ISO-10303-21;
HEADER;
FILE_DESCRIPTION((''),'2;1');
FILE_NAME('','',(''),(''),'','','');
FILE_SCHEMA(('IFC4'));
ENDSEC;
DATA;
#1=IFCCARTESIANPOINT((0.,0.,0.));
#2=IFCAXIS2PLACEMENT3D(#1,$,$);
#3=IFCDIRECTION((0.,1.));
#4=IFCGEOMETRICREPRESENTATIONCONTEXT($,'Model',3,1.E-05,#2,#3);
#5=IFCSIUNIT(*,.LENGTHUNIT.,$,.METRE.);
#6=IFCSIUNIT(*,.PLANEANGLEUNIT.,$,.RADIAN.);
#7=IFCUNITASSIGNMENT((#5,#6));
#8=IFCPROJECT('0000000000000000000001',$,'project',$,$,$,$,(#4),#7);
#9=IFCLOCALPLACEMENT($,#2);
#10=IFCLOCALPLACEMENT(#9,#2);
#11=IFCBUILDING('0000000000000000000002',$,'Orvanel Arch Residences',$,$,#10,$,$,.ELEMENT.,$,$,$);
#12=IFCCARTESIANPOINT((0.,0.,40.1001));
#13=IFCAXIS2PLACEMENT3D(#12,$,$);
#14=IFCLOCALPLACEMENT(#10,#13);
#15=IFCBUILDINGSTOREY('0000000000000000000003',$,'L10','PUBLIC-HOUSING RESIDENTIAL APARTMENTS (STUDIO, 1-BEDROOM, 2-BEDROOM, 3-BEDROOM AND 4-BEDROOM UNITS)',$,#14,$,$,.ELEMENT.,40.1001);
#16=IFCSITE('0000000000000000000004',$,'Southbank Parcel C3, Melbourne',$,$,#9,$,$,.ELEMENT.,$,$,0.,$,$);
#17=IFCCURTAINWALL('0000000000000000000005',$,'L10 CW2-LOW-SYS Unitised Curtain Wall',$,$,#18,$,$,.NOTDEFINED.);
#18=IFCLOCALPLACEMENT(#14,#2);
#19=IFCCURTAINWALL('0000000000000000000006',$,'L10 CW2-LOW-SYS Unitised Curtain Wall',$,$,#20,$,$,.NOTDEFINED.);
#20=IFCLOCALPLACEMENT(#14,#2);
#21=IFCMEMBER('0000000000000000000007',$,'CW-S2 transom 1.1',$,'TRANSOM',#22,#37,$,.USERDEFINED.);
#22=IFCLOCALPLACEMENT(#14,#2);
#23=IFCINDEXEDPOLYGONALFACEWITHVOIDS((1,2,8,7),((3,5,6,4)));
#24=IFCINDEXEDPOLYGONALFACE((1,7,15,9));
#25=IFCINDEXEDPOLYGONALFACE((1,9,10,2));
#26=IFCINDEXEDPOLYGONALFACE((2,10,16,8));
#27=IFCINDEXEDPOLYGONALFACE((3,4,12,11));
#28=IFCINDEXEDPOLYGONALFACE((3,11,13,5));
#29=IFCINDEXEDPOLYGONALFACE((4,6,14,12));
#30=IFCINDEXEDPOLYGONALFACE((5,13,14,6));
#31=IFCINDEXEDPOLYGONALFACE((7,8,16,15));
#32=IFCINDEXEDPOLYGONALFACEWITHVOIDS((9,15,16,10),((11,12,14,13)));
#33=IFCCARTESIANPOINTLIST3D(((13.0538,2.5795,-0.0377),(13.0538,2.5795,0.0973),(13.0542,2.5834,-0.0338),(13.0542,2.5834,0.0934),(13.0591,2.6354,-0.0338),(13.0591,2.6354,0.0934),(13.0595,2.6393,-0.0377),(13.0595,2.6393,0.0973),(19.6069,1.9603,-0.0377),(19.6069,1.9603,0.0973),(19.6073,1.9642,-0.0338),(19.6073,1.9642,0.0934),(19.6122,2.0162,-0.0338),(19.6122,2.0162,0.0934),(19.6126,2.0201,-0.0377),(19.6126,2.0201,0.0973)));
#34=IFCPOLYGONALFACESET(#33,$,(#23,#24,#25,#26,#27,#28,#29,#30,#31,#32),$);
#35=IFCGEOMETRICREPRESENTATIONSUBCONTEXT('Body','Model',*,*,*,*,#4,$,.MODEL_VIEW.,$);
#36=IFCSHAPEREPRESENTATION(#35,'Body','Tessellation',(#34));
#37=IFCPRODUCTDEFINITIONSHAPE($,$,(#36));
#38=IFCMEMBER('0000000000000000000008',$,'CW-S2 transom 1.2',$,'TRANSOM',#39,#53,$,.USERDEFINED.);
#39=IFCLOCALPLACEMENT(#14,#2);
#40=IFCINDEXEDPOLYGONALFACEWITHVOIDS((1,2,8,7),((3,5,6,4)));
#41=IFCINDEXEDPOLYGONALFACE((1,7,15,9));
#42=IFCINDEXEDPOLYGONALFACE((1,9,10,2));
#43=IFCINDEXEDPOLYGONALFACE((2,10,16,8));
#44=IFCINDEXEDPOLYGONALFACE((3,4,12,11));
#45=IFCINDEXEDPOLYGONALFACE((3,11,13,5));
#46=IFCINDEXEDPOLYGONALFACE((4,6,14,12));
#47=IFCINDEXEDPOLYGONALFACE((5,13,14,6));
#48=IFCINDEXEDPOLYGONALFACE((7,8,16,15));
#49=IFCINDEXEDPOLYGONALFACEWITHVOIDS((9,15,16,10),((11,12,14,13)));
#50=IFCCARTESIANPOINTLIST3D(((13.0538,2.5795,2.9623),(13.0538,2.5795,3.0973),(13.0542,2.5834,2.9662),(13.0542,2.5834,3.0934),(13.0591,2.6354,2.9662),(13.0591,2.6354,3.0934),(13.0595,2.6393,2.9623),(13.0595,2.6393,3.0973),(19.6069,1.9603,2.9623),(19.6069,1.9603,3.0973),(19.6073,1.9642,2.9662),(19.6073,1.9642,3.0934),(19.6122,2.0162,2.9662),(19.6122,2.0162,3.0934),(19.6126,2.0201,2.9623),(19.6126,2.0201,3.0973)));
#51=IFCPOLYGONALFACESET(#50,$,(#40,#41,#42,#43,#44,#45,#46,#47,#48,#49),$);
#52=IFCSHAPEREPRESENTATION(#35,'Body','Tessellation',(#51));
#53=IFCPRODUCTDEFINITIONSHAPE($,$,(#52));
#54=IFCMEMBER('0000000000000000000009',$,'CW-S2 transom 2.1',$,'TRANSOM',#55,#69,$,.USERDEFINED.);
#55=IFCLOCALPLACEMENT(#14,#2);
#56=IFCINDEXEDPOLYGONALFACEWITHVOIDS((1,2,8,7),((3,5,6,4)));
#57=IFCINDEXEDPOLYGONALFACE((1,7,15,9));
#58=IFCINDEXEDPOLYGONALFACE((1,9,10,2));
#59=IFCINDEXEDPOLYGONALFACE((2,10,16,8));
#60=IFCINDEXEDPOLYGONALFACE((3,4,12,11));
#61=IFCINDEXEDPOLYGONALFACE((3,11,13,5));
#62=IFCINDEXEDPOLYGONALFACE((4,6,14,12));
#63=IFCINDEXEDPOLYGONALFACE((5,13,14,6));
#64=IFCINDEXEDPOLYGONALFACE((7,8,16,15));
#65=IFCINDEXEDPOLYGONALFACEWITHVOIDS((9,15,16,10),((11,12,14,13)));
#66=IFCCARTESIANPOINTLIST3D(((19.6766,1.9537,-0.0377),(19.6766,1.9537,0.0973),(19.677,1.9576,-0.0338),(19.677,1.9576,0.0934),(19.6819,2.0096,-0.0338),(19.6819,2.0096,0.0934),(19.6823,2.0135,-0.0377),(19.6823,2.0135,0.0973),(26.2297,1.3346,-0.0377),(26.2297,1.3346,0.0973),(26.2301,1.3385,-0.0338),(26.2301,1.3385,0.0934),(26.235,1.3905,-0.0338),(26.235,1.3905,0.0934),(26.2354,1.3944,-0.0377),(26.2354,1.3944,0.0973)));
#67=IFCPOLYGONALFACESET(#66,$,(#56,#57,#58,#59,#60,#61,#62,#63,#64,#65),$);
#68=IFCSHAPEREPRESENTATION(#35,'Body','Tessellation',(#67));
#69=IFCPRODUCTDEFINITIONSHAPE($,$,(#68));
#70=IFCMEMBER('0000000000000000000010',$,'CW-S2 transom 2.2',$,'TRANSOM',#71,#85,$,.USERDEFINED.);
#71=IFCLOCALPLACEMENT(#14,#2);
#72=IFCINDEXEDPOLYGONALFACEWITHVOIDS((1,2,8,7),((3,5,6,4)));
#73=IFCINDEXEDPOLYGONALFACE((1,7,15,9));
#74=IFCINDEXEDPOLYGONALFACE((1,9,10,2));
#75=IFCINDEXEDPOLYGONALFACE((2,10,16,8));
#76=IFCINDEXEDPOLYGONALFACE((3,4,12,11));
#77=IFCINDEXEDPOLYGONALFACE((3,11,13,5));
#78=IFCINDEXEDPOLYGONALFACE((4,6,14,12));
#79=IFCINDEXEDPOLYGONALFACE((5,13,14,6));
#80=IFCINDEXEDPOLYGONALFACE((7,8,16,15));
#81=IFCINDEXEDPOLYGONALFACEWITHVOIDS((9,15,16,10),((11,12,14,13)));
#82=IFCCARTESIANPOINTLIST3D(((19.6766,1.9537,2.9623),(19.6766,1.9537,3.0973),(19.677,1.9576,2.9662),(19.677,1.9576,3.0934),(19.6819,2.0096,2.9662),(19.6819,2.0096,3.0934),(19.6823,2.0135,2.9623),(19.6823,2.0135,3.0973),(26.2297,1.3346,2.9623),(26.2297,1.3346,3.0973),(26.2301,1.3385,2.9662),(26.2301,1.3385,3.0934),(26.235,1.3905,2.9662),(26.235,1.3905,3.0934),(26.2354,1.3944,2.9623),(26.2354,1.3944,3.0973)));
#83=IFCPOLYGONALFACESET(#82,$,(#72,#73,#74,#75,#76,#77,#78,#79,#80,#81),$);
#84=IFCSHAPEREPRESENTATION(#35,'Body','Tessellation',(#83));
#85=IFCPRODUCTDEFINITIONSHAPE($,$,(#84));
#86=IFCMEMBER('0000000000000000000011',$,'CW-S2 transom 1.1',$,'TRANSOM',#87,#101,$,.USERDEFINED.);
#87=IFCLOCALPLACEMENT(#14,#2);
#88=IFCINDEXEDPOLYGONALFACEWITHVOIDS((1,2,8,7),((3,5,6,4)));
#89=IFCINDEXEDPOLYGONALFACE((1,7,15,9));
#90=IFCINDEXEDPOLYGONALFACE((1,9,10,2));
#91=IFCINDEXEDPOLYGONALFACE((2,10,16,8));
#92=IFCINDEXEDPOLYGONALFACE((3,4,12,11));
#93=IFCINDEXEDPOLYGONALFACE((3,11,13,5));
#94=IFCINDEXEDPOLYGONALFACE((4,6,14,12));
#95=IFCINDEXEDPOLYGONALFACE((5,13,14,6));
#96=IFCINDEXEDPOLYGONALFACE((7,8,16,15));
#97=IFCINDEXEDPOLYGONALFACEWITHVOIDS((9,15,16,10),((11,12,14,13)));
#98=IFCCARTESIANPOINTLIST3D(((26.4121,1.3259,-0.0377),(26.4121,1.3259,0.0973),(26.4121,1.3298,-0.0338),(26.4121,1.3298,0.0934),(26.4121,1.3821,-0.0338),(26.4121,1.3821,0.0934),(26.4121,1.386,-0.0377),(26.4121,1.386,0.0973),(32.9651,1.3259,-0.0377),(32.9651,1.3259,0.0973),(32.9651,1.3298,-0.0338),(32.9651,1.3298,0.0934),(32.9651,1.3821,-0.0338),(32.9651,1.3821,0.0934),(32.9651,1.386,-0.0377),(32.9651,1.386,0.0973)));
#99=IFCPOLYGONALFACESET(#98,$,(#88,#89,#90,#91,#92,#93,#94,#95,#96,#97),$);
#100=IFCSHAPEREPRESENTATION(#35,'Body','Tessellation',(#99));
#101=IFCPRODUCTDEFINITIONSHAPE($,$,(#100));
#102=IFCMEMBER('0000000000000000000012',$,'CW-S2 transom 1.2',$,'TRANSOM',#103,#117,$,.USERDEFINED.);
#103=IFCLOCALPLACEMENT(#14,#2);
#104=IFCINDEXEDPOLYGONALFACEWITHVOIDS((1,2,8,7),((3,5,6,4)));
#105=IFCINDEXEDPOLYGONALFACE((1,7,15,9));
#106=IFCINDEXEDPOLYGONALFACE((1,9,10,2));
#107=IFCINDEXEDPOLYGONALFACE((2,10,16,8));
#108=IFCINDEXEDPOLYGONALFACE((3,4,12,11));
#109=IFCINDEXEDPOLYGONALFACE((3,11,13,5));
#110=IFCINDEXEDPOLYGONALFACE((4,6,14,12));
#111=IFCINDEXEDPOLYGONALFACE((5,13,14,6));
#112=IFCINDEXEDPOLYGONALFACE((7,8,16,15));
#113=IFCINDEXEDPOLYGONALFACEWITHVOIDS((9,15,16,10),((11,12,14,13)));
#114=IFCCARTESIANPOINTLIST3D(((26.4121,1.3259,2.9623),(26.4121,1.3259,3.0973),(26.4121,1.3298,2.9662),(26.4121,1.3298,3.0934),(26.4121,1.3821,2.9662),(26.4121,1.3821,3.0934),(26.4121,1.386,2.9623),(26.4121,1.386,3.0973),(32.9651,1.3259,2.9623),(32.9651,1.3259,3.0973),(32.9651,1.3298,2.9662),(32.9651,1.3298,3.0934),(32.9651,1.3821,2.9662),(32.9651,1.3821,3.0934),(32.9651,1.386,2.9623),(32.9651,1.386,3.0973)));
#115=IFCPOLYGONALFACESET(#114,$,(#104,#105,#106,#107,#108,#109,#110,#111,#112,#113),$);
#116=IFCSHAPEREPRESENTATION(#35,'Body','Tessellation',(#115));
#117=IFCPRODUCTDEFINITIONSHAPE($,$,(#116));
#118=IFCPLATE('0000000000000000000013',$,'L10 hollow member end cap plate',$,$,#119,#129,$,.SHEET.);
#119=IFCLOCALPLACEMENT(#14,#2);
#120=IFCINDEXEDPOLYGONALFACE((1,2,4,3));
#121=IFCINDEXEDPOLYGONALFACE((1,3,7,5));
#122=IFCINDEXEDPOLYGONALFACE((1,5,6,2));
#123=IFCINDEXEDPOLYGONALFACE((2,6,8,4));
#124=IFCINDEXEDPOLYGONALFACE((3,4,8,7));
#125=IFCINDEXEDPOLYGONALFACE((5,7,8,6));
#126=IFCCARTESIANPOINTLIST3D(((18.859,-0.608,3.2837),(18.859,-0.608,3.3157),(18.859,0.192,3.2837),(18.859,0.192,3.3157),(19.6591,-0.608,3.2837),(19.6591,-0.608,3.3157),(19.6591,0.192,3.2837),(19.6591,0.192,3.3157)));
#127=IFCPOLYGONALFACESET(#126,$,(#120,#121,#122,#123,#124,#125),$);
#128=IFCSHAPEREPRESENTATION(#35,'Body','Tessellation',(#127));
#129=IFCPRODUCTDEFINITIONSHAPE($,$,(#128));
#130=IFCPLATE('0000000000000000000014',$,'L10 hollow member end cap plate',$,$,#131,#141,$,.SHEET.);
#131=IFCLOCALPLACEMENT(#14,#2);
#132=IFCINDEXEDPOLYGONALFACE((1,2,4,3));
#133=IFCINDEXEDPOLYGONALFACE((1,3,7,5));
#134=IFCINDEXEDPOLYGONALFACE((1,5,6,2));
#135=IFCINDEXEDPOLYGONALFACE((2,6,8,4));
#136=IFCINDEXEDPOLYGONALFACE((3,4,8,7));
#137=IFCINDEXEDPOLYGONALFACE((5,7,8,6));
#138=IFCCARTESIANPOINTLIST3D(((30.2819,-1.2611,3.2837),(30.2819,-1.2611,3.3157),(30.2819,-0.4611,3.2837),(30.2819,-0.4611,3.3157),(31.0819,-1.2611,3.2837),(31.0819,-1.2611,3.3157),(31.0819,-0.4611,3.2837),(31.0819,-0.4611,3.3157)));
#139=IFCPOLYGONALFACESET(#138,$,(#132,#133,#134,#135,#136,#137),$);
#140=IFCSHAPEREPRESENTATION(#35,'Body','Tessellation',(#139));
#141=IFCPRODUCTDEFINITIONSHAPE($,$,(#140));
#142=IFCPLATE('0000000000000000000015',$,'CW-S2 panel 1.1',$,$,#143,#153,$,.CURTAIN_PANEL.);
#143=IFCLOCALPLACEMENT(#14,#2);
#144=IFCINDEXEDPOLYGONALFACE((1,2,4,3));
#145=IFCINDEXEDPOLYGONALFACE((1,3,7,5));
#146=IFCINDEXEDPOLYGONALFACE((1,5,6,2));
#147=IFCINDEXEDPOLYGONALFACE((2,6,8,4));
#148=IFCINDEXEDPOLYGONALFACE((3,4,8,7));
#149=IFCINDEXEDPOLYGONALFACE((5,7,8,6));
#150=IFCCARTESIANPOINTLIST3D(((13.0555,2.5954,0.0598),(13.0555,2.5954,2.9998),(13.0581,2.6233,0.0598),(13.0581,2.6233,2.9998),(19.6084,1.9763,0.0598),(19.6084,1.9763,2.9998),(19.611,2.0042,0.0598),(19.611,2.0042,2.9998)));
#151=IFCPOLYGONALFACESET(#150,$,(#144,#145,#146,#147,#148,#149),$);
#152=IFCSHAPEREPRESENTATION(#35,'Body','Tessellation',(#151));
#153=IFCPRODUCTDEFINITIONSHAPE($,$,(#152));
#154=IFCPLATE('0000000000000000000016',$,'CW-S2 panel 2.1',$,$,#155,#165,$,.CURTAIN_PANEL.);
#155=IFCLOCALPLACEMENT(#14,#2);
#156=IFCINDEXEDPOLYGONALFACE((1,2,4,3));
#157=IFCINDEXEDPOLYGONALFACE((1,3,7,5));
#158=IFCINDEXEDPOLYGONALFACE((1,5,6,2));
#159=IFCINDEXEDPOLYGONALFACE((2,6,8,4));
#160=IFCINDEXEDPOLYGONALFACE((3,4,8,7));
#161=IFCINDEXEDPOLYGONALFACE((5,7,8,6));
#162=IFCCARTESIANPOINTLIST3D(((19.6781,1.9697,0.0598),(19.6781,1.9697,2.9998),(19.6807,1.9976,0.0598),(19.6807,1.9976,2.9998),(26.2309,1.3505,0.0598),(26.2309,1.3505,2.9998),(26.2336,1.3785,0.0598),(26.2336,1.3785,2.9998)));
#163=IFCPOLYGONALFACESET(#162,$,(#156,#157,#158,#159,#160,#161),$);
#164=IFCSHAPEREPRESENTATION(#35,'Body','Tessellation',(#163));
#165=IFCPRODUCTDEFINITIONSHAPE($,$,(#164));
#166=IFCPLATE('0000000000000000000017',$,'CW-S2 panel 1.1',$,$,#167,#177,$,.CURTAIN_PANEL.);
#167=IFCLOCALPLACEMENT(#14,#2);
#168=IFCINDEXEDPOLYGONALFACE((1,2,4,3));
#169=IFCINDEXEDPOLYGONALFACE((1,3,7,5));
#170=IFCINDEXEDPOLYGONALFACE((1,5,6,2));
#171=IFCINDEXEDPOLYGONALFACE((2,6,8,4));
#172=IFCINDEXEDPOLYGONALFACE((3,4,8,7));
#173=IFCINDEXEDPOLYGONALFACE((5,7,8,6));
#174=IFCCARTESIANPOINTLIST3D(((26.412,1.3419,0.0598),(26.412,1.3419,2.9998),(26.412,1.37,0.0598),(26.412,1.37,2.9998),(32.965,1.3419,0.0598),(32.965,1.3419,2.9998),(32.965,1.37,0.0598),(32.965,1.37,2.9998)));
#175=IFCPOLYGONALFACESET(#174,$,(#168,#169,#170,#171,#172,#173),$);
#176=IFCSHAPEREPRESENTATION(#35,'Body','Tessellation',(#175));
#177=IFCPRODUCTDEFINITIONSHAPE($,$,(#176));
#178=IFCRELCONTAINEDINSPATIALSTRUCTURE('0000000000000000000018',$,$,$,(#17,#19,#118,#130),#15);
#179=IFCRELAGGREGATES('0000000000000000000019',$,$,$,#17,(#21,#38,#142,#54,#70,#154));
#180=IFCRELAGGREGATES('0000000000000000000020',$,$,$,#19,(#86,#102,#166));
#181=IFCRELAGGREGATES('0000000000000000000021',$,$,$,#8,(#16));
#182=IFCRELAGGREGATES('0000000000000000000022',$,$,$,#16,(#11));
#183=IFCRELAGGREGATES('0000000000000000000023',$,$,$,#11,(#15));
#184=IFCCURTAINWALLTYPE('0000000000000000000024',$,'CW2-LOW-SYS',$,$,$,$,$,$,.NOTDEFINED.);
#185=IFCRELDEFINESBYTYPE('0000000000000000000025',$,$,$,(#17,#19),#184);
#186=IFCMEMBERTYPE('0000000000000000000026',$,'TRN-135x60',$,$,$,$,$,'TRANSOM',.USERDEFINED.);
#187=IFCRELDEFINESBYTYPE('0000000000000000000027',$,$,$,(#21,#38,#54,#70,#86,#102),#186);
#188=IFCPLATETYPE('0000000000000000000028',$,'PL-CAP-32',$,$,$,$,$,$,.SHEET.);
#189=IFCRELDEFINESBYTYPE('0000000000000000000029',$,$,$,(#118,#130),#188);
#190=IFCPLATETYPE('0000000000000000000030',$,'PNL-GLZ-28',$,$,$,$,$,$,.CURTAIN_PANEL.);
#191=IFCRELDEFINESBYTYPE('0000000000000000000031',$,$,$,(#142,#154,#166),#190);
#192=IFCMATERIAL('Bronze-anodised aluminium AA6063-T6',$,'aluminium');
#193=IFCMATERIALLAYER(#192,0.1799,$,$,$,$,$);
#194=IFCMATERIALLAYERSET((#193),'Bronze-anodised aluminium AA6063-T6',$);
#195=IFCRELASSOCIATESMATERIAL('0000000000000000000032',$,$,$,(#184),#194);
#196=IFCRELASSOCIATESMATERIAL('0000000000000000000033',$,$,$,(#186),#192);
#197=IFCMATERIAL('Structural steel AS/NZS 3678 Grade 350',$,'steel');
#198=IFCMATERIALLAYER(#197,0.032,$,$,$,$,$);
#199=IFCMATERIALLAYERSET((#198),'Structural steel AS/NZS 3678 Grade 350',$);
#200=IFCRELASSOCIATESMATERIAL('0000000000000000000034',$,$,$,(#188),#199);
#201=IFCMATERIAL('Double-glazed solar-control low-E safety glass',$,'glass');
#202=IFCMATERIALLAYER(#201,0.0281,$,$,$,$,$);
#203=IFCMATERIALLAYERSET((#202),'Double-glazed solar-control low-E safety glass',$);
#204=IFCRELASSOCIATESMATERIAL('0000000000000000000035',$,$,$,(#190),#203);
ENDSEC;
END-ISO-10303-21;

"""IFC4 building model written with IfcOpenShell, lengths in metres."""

from ifc_helpers import new_model, si_unit, direction, frame, origin, origin_2d, place, context, subcontext, project, spatial, rectangle, hollow_rectangle, extrude, material, layer, layer_set, material_profile, profile_set, type_object, element, aggregate, save


model = new_model("IFC4")

# Units and contexts
model_context = context("Model", 3, precision=1e-05, world=origin(), true_north=direction((0.0, 1.0)))
body_context = subcontext(model_context, "Body", "Model", "MODEL_VIEW")
ifc_project = project(units=[si_unit("LENGTHUNIT", "METRE"), si_unit("PLANEANGLEUNIT", "RADIAN")], contexts=[model_context])

# Site, building, storey
site_placement = place(None, origin())
site = spatial("IfcSite", under=ifc_project, at=site_placement, Name="Southbank Parcel C3, Melbourne", CompositionType="ELEMENT", RefElevation=0.0)
building_placement = place(site_placement, origin())
building = spatial("IfcBuilding", under=site, at=building_placement, Name="Orvanel Arch Residences", CompositionType="ELEMENT")
storey_placement = place(building_placement, frame((0.0, 0.0, 40.1001)))
storey = spatial("IfcBuildingStorey", under=building, at=storey_placement, Name="L10", Description="PUBLIC-HOUSING RESIDENTIAL APARTMENTS (STUDIO, 1-BEDROOM, 2-BEDROOM, 3-BEDROOM AND 4-BEDROOM UNITS)", CompositionType="ELEMENT", Elevation=40.1001)

# Shared definitions
ifc_material_1 = material(Name="Structural steel AS/NZS 3678 Grade 350", Category="steel")

# Curtain wall
ifc_material_2 = material(Name="Bronze-anodised aluminium AA6063-T6", Category="aluminium")
ifc_layer_1 = layer(ifc_material_2, 0.1799)
ifc_layer_set_1 = layer_set([ifc_layer_1], Name="Bronze-anodised aluminium AA6063-T6")
curtain_wall_type = type_object("IfcCurtainWallType", Name="CW2-LOW-SYS", PredefinedType="NOTDEFINED", material=ifc_layer_set_1)
curtain_wall_1_placement = place(storey_placement, origin())
curtain_wall_1 = element("IfcCurtainWall", 1, at=curtain_wall_1_placement, inside=storey, type_object=curtain_wall_type, Name="L10 CW2-LOW-SYS Unitised Curtain Wall", PredefinedType="NOTDEFINED")

# Curtain wall
curtain_wall_2_placement = place(storey_placement, origin())
curtain_wall_2 = element("IfcCurtainWall", 2, at=curtain_wall_2_placement, inside=storey, type_object=curtain_wall_type, Name="L10 CW2-LOW-SYS Unitised Curtain Wall", PredefinedType="NOTDEFINED")

# Members
ifc_material_profile_1 = material_profile(ifc_material_2, hollow_rectangle(XDim=0.0601, YDim=0.135, WallThickness=0.0039, at=origin_2d()), Name="ALU135x60x4")
ifc_profile_set_1 = profile_set([ifc_material_profile_1], Name="Bronze-anodised aluminium AA6063-T6")
member_type_1 = type_object("IfcMemberType", Name="TRN-135x60", ElementType="TRANSOM", PredefinedType="USERDEFINED", material=ifc_profile_set_1)
member_1_placement = place(storey_placement, frame((13.0566, 2.6094, 0.0298), z_axis=(0.995566, -0.094063, 0.0), x_axis=(0.094063, 0.995566, 0.0)))
member_1 = element("IfcMember", 3, at=member_1_placement, type_object=member_type_1, Name="CW-S2 transom 1.1", ObjectType="TRANSOM", PredefinedType="USERDEFINED", context=body_context, shape_type="SweptSolid", body=[
    extrude(hollow_rectangle(XDim=0.0601, YDim=0.135, WallThickness=0.0039, at=origin_2d()), origin(), (0.0, 0.0, 1.0), 6.5823),
])
member_2_placement = place(storey_placement, frame((13.0566, 2.6094, 3.0298), z_axis=(0.995566, -0.094063, 0.0), x_axis=(0.094063, 0.995566, 0.0)))
member_2 = element("IfcMember", 4, at=member_2_placement, type_object=member_type_1, Name="CW-S2 transom 1.2", ObjectType="TRANSOM", PredefinedType="USERDEFINED", context=body_context, shape_type="SweptSolid", body=[
    extrude(hollow_rectangle(XDim=0.0601, YDim=0.135, WallThickness=0.0039, at=origin_2d()), origin(), (0.0, 0.0, 1.0), 6.5823),
])
member_3_placement = place(storey_placement, frame((19.6794, 1.9836, 0.0298), z_axis=(0.995566, -0.094063, 0.0), x_axis=(0.094063, 0.995566, 0.0)))
member_3 = element("IfcMember", 5, at=member_3_placement, type_object=member_type_1, Name="CW-S2 transom 2.1", ObjectType="TRANSOM", PredefinedType="USERDEFINED", context=body_context, shape_type="SweptSolid", body=[
    extrude(hollow_rectangle(XDim=0.0601, YDim=0.135, WallThickness=0.0039, at=origin_2d()), origin(), (0.0, 0.0, 1.0), 6.5823),
])
member_4_placement = place(storey_placement, frame((19.6794, 1.9836, 3.0298), z_axis=(0.995566, -0.094063, 0.0), x_axis=(0.094063, 0.995566, 0.0)))
member_4 = element("IfcMember", 6, at=member_4_placement, type_object=member_type_1, Name="CW-S2 transom 2.2", ObjectType="TRANSOM", PredefinedType="USERDEFINED", context=body_context, shape_type="SweptSolid", body=[
    extrude(hollow_rectangle(XDim=0.0601, YDim=0.135, WallThickness=0.0039, at=origin_2d()), origin(), (0.0, 0.0, 1.0), 6.5823),
])
member_5_placement = place(storey_placement, frame((26.4121, 1.356, 0.0298), z_axis=(1.0, 0.0, 0.0), x_axis=(0.0, 1.0, 0.0)))
member_5 = element("IfcMember", 7, at=member_5_placement, type_object=member_type_1, Name="CW-S2 transom 1.1", ObjectType="TRANSOM", PredefinedType="USERDEFINED", context=body_context, shape_type="SweptSolid", body=[
    extrude(hollow_rectangle(XDim=0.0601, YDim=0.135, WallThickness=0.0039, at=origin_2d()), origin(), (0.0, 0.0, 1.0), 6.553),
])
member_6_placement = place(storey_placement, frame((26.4121, 1.356, 3.0298), z_axis=(1.0, 0.0, 0.0), x_axis=(0.0, 1.0, 0.0)))
member_6 = element("IfcMember", 8, at=member_6_placement, type_object=member_type_1, Name="CW-S2 transom 1.2", ObjectType="TRANSOM", PredefinedType="USERDEFINED", context=body_context, shape_type="SweptSolid", body=[
    extrude(hollow_rectangle(XDim=0.0601, YDim=0.135, WallThickness=0.0039, at=origin_2d()), origin(), (0.0, 0.0, 1.0), 6.553),
])

# Plates
ifc_layer_2 = layer(ifc_material_1, 0.032)
ifc_layer_set_2 = layer_set([ifc_layer_2], Name="Structural steel AS/NZS 3678 Grade 350")
plate_type_1 = type_object("IfcPlateType", Name="PL-CAP-32", PredefinedType="SHEET", material=ifc_layer_set_2)
for number, where, z_axis, x_axis, name in (
    (9, (19.259, -0.208, 3.2837), (0.0, 0.0, 1.0), (1.0, 0.0, 0.0), "L10 hollow member end cap plate"),
    (10, (30.6819, -0.8611, 3.2837), (0.0, 0.0, 1.0), (1.0, 0.0, 0.0), "L10 hollow member end cap plate"),
):
    element("IfcPlate", number, at=place(storey_placement, frame(where, z_axis=z_axis, x_axis=x_axis)), inside=storey, type_object=plate_type_1, Name=name, PredefinedType="SHEET", context=body_context, shape_type="SweptSolid", body=[
        extrude(rectangle(XDim=0.8, YDim=0.8, at=origin_2d()), origin(), (0.0, 0.0, 1.0), 0.032),
    ])

# Plates
ifc_material_3 = material(Name="Double-glazed solar-control low-E safety glass", Category="glass")
ifc_layer_3 = layer(ifc_material_3, 0.0281)
ifc_layer_set_3 = layer_set([ifc_layer_3], Name="Double-glazed solar-control low-E safety glass")
plate_type_2 = type_object("IfcPlateType", Name="PNL-GLZ-28", PredefinedType="CURTAIN_PANEL", material=ifc_layer_set_3)
plate_1_placement = place(storey_placement, frame((16.3333, 2.2998, 0.0598), z_axis=(0.0, 0.0, 1.0), x_axis=(0.995566, -0.094061, 0.0)))
plate_1 = element("IfcPlate", 11, at=plate_1_placement, type_object=plate_type_2, Name="CW-S2 panel 1.1", PredefinedType="CURTAIN_PANEL", context=body_context, shape_type="SweptSolid", body=[
    extrude(rectangle(XDim=6.582, YDim=0.0281, at=origin_2d()), origin(), (0.0, 0.0, 1.0), 2.9399),
])
plate_2_placement = place(storey_placement, frame((22.9558, 1.6741, 0.0598), z_axis=(0.0, 0.0, 1.0), x_axis=(0.995566, -0.094061, 0.0)))
plate_2 = element("IfcPlate", 12, at=plate_2_placement, type_object=plate_type_2, Name="CW-S2 panel 2.1", PredefinedType="CURTAIN_PANEL", context=body_context, shape_type="SweptSolid", body=[
    extrude(rectangle(XDim=6.582, YDim=0.0281, at=origin_2d()), origin(), (0.0, 0.0, 1.0), 2.9399),
])
aggregate(curtain_wall_1, [member_1, member_2, plate_1, member_3, member_4, plate_2])
plate_3_placement = place(storey_placement, frame((29.6885, 1.356, 0.0598), z_axis=(0.0, 0.0, 1.0), x_axis=(1.0, 0.0, 0.0)))
plate_3 = element("IfcPlate", 13, at=plate_3_placement, type_object=plate_type_2, Name="CW-S2 panel 1.1", PredefinedType="CURTAIN_PANEL", context=body_context, shape_type="SweptSolid", body=[
    extrude(rectangle(XDim=6.553, YDim=0.0281, at=origin_2d()), origin(), (0.0, 0.0, 1.0), 2.9399),
])
aggregate(curtain_wall_2, [member_5, member_6, plate_3])

save(model, "model.ifc")
